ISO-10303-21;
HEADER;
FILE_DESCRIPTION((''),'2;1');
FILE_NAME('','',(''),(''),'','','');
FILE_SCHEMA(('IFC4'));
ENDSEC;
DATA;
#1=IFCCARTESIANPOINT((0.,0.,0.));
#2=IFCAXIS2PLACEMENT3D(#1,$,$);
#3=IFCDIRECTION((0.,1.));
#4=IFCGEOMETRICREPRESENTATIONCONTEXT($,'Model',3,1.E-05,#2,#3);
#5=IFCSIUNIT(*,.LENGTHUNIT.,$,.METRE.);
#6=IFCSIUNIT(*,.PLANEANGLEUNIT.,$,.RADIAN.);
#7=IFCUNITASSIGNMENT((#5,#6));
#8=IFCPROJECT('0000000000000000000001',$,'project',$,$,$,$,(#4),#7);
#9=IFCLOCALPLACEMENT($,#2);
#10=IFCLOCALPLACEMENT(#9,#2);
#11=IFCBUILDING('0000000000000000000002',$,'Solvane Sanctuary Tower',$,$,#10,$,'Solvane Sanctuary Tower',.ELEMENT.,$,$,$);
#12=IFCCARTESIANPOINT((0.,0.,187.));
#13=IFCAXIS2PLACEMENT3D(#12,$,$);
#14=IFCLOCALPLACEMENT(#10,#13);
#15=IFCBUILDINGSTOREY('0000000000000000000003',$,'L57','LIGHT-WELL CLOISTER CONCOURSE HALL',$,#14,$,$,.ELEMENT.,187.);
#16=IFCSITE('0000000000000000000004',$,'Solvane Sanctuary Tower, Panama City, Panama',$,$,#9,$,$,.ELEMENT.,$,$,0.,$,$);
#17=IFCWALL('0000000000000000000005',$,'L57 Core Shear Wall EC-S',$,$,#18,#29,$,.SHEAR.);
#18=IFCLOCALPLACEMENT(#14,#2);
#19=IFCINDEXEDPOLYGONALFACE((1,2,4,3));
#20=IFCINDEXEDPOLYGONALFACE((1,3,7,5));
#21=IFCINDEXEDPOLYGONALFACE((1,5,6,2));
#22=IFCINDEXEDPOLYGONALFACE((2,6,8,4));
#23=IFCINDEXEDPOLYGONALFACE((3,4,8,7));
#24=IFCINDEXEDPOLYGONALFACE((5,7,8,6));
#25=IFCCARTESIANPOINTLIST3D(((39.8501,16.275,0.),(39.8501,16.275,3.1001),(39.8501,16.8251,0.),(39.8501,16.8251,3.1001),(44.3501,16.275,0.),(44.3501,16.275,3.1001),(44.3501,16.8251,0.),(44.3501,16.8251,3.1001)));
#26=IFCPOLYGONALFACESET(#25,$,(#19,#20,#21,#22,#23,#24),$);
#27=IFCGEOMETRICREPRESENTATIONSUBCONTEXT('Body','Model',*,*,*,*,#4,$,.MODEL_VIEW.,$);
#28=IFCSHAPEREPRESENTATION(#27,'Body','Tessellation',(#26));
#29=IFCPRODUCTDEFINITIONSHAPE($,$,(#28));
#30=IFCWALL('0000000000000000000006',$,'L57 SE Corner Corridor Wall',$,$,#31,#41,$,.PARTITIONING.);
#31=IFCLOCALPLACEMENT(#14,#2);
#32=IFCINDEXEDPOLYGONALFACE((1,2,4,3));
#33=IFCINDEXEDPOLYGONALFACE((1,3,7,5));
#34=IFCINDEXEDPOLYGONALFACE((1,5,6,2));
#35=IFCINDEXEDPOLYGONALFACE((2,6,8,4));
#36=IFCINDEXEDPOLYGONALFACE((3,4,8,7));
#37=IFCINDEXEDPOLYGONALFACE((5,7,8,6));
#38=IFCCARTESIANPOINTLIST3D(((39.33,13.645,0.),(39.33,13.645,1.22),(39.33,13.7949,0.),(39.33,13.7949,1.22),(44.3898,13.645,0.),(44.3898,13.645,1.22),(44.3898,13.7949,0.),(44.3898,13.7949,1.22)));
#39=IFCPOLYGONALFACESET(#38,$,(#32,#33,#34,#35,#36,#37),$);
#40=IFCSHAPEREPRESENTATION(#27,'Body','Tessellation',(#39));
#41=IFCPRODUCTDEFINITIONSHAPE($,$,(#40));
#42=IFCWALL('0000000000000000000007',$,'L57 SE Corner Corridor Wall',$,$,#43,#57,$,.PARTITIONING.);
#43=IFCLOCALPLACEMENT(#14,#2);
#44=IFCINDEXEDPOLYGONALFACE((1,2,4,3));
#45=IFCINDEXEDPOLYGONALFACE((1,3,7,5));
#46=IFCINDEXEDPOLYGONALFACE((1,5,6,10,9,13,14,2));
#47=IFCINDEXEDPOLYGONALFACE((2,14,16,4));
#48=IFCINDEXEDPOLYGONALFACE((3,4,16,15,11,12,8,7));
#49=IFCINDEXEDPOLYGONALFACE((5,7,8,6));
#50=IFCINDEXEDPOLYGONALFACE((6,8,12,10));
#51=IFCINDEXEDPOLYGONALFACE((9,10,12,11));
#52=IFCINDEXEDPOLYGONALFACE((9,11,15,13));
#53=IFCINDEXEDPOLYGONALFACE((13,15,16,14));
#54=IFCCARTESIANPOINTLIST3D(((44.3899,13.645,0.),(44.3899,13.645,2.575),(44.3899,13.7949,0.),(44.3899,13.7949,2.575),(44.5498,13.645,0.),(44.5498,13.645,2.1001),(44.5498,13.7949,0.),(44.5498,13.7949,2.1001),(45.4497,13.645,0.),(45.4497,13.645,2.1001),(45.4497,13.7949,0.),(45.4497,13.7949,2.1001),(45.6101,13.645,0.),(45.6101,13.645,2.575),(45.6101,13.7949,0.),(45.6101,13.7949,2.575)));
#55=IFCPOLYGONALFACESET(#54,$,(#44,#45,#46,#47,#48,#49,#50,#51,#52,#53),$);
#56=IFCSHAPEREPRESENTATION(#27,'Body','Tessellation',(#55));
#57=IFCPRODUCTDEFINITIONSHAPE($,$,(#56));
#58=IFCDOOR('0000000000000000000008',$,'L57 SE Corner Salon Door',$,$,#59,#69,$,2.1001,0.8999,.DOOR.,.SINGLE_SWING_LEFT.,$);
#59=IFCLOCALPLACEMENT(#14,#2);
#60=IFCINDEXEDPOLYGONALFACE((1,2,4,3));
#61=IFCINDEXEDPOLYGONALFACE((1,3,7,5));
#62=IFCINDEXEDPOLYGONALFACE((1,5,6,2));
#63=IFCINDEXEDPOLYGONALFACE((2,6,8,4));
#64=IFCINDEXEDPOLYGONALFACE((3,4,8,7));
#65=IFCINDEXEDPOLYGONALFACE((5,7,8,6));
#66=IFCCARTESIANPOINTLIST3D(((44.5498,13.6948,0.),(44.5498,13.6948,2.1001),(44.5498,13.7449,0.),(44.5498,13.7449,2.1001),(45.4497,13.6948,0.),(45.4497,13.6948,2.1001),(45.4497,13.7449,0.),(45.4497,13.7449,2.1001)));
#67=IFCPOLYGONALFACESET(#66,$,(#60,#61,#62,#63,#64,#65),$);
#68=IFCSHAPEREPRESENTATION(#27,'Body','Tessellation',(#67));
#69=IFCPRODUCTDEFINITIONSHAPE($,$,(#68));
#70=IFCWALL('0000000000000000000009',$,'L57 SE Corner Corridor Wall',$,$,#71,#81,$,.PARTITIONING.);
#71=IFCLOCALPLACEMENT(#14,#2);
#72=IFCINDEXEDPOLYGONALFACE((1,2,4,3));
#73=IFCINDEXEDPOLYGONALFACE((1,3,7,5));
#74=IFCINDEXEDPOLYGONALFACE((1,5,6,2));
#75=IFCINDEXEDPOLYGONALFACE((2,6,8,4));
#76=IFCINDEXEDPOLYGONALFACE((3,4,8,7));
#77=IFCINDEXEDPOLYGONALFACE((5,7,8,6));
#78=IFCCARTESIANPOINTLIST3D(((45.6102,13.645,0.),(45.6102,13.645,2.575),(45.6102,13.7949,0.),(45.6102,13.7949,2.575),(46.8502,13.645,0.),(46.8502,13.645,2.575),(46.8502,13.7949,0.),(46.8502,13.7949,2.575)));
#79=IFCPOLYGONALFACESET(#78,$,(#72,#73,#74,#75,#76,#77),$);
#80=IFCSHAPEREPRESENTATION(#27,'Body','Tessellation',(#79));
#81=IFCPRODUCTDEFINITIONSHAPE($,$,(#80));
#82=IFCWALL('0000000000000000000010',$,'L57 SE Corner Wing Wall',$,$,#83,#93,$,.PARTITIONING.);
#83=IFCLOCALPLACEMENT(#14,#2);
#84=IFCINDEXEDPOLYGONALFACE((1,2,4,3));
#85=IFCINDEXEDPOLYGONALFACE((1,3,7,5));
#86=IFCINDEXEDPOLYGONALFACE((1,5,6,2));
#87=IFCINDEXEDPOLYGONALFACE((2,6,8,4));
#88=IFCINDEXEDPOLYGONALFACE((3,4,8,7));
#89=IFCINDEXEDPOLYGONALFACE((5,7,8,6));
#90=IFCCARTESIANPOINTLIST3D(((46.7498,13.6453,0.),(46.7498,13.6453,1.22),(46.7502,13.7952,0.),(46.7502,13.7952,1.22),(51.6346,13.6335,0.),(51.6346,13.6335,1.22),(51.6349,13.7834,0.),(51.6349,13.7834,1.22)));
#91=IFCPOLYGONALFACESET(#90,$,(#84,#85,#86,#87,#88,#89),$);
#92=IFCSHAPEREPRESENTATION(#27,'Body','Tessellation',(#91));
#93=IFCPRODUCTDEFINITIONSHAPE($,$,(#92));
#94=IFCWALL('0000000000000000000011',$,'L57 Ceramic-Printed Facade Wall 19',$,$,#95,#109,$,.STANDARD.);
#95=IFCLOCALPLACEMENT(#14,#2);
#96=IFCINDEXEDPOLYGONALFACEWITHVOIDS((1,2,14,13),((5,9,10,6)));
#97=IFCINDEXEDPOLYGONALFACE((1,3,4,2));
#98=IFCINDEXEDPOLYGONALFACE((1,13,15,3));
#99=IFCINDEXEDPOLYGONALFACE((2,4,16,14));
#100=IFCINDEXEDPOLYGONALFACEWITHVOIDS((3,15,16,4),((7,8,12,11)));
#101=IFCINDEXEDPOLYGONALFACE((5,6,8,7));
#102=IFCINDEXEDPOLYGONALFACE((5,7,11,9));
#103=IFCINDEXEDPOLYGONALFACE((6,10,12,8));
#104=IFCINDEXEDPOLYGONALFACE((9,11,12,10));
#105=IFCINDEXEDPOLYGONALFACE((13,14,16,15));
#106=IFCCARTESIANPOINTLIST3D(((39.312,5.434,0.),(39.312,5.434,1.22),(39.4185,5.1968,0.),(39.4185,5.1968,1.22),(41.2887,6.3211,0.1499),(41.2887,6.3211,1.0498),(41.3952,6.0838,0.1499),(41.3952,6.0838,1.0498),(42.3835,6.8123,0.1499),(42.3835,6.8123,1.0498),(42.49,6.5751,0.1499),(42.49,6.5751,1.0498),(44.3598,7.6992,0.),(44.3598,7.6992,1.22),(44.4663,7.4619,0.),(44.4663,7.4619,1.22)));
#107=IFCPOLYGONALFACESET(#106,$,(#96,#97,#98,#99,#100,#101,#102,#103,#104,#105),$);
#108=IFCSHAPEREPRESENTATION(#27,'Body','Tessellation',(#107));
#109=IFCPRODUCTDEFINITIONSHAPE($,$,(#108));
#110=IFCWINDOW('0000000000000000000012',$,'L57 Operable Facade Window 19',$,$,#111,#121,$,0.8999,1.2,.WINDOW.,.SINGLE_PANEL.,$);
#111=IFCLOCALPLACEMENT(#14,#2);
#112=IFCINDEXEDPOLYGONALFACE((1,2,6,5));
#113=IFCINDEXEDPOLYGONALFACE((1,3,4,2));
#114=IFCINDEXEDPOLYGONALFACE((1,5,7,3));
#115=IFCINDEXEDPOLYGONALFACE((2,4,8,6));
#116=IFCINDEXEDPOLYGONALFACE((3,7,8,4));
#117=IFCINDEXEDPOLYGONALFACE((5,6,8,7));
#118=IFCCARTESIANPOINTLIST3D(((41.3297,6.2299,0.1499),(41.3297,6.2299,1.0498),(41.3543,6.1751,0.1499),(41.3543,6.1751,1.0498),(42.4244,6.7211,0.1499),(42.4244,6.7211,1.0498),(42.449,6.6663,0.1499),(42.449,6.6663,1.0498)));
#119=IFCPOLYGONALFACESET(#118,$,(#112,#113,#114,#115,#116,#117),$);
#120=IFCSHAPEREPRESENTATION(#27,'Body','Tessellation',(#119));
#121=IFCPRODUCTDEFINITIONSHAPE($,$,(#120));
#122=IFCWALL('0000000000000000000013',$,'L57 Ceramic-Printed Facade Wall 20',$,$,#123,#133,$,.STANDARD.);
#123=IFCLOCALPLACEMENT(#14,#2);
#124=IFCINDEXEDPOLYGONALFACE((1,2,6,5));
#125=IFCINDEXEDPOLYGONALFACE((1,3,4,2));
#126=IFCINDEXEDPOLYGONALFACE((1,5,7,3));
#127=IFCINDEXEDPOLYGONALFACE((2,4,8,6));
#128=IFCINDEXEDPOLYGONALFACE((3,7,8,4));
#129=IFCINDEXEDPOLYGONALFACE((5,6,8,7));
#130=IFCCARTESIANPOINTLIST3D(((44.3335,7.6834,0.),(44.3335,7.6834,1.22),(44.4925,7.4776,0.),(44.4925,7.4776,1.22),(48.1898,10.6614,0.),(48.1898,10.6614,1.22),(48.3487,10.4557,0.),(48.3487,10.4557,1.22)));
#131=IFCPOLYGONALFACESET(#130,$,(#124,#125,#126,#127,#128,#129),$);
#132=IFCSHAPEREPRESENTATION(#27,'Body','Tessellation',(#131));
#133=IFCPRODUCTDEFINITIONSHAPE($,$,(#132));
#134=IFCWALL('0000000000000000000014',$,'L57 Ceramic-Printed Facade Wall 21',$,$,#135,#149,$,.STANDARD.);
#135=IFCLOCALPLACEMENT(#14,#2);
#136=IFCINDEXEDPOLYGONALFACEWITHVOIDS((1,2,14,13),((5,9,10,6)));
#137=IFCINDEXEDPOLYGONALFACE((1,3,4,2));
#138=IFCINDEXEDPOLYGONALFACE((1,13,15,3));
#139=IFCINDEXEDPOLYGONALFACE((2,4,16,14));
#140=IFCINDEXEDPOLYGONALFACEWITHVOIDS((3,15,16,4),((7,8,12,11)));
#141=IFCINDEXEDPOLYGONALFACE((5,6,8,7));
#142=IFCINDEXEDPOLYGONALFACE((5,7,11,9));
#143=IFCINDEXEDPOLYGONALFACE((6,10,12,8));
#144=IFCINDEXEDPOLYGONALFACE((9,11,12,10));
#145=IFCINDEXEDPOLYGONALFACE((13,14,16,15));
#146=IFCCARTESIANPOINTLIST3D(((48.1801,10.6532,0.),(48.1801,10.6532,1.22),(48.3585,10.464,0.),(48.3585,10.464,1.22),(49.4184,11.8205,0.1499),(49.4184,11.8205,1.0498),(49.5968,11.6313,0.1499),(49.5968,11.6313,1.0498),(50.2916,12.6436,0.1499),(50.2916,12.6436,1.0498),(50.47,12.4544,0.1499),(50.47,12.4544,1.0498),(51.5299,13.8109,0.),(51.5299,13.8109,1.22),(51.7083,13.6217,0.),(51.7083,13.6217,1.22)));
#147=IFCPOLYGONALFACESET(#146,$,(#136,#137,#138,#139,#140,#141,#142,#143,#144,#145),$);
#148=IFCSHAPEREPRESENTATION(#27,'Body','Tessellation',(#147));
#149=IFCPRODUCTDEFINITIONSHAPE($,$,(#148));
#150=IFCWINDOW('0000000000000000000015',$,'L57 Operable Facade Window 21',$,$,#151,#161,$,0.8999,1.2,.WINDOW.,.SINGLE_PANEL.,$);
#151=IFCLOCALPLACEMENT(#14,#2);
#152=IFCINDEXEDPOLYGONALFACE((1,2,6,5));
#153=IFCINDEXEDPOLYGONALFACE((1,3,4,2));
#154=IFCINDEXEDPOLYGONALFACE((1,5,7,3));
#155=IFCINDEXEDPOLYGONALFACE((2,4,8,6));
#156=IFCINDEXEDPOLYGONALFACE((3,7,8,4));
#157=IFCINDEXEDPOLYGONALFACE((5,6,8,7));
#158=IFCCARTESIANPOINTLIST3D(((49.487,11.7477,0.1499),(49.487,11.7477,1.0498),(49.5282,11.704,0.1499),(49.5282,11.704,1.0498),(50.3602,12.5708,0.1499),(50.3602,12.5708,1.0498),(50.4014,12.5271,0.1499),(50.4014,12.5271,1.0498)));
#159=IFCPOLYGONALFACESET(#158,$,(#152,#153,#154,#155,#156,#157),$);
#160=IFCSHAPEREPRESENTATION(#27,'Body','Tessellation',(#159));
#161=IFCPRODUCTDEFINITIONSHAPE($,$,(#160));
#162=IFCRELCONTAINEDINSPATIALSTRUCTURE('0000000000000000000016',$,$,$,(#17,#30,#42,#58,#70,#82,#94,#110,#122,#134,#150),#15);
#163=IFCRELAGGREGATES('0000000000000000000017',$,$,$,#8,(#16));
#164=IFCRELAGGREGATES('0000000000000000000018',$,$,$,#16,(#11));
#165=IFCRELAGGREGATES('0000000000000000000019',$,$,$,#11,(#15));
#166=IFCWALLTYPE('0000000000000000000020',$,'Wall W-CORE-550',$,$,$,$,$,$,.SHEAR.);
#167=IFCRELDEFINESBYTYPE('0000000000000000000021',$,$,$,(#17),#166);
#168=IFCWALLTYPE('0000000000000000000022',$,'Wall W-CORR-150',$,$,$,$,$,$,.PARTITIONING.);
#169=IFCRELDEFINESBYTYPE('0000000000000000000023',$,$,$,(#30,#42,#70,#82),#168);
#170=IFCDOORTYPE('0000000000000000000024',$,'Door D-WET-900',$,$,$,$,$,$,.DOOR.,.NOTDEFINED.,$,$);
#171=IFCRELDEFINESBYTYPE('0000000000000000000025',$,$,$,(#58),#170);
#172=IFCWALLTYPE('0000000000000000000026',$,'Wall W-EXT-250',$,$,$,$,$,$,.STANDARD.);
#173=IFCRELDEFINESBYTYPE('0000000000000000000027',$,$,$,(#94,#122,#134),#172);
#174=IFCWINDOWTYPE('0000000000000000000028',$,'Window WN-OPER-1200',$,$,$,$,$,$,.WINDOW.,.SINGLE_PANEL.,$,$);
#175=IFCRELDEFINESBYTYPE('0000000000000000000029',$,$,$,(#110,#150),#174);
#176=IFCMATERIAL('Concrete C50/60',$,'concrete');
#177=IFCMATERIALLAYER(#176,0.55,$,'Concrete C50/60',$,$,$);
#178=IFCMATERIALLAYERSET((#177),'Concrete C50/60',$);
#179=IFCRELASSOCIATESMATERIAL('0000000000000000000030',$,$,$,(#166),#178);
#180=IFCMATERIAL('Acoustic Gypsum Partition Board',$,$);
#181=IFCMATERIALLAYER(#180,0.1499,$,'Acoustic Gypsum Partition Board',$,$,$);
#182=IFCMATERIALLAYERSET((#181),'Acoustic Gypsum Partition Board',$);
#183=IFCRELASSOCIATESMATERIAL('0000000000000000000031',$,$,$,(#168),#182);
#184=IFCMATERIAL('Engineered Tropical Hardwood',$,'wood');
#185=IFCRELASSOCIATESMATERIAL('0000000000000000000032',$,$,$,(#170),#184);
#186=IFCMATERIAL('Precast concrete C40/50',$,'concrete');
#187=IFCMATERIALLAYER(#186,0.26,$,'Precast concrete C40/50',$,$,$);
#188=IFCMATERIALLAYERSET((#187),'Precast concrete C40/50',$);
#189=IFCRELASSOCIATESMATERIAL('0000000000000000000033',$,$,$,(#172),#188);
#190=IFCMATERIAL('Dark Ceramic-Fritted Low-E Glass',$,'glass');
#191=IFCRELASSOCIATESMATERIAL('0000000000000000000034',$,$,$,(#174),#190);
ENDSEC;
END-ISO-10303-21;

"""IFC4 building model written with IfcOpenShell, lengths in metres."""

from ifc_helpers import new_model, si_unit, direction, frame, frame_2d, origin, place, context, subcontext, project, spatial, rectangle, extrude, material, layer, layer_set, type_object, element, fill, save


model = new_model("IFC4")

# Units and contexts
model_context = context("Model", 3, precision=1e-05, world=origin(), true_north=direction((0.0, 1.0)))
body_context = subcontext(model_context, "Body", "Model", "MODEL_VIEW")
ifc_project = project(units=[si_unit("LENGTHUNIT", "METRE"), si_unit("PLANEANGLEUNIT", "RADIAN")], contexts=[model_context])

# Site, building, storey
site_placement = place(None, origin())
site = spatial("IfcSite", under=ifc_project, at=site_placement, Name="Solvane Sanctuary Tower, Panama City, Panama", CompositionType="ELEMENT", RefElevation=0.0)
building_placement = place(site_placement, origin())
building = spatial("IfcBuilding", under=site, at=building_placement, Name="Solvane Sanctuary Tower", LongName="Solvane Sanctuary Tower", CompositionType="ELEMENT")
storey_placement = place(building_placement, frame((0.0, 0.0, 187.0)))
storey = spatial("IfcBuildingStorey", under=building, at=storey_placement, Name="L57", Description="LIGHT-WELL CLOISTER CONCOURSE HALL", CompositionType="ELEMENT", Elevation=187.0)

# Walls
ifc_material_1 = material(Name="Concrete C50/60", Category="concrete")
ifc_layer_1 = layer(ifc_material_1, 0.55, Name="Concrete C50/60")
ifc_layer_set_1 = layer_set([ifc_layer_1], Name="Concrete C50/60")
wall_type_1 = type_object("IfcWallType", Name="Wall W-CORE-550", PredefinedType="SHEAR", material=ifc_layer_set_1)
wall_1_placement = place(storey_placement, frame((39.8501, 16.55, 0.0), z_axis=(0.0, 0.0, 1.0), x_axis=(1.0, 0.0, 0.0)))
element("IfcWall", 1, at=wall_1_placement, inside=storey, type_object=wall_type_1, Name="L57 Core Shear Wall EC-S", PredefinedType="SHEAR", context=body_context, shape_type="SweptSolid", body=[
    extrude(rectangle(XDim=4.5, YDim=0.55, at=frame_2d((2.25, 0.0))), origin(), (0.0, 0.0, 1.0), 3.1001),
])
ifc_material_2 = material(Name="Acoustic Gypsum Partition Board")
ifc_layer_2 = layer(ifc_material_2, 0.1499, Name="Acoustic Gypsum Partition Board")
ifc_layer_set_2 = layer_set([ifc_layer_2], Name="Acoustic Gypsum Partition Board")
wall_type_2 = type_object("IfcWallType", Name="Wall W-CORR-150", PredefinedType="PARTITIONING", material=ifc_layer_set_2)
wall_2_placement = place(storey_placement, frame((39.3301, 13.72, 0.0), z_axis=(0.0, 0.0, 1.0), x_axis=(1.0, 0.0, 0.0)))
element("IfcWall", 2, at=wall_2_placement, inside=storey, type_object=wall_type_2, Name="L57 SE Corner Corridor Wall", PredefinedType="PARTITIONING", context=body_context, shape_type="SweptSolid", body=[
    extrude(rectangle(XDim=5.0598, YDim=0.1499, at=frame_2d((2.5298, 0.0))), origin(), (0.0, 0.0, 1.0), 1.22),
])

# Wall, opening, door
wall_3_placement = place(storey_placement, frame((44.3899, 13.72, 0.0), z_axis=(0.0, 0.0, 1.0), x_axis=(1.0, 0.0, 0.0)))
wall_3 = element("IfcWall", 3, at=wall_3_placement, inside=storey, type_object=wall_type_2, Name="L57 SE Corner Corridor Wall", PredefinedType="PARTITIONING", context=body_context, shape_type="SweptSolid", body=[
    extrude(rectangle(XDim=1.2202, YDim=0.1499, at=frame_2d((0.6101, 0.0))), origin(), (0.0, 0.0, 1.0), 2.575),
])
opening_1_placement = place(wall_3_placement, frame((0.1599, 0.0, 0.0)))
opening_1 = element("IfcOpeningElement", 4, at=opening_1_placement, cuts=wall_3, PredefinedType="OPENING", context=body_context, shape_type="SweptSolid", body=[
    extrude(rectangle(XDim=0.8999, YDim=2.1001, at=frame_2d((0.45, 1.05))), frame((0.0, 0.085, 0.0), z_axis=(0.0, -1.0, 0.0), x_axis=(1.0, 0.0, 0.0)), (0.0, 0.0, 1.0), 0.1699),
])
ifc_material_3 = material(Name="Engineered Tropical Hardwood", Category="wood")
door_type = type_object("IfcDoorType", Name="Door D-WET-900", OperationType="NOTDEFINED", PredefinedType="DOOR", material=ifc_material_3)
door_placement = place(opening_1_placement, origin())
door = element("IfcDoor", 5, at=door_placement, inside=storey, type_object=door_type, Name="L57 SE Corner Salon Door", OperationType="SINGLE_SWING_LEFT", OverallHeight=2.1001, OverallWidth=0.8999, PredefinedType="DOOR", context=body_context, shape_type="SweptSolid", body=[
    extrude(rectangle(XDim=0.8999, YDim=2.1001, at=frame_2d((0.45, 1.05))), frame((0.0, 0.0249, 0.0), z_axis=(0.0, -1.0, 0.0), x_axis=(1.0, 0.0, 0.0)), (0.0, 0.0, 1.0), 0.05),
])
fill(opening_1, door)

# Walls
wall_4_placement = place(storey_placement, frame((45.6101, 13.72, 0.0), z_axis=(0.0, 0.0, 1.0), x_axis=(1.0, 0.0, 0.0)))
element("IfcWall", 6, at=wall_4_placement, inside=storey, type_object=wall_type_2, Name="L57 SE Corner Corridor Wall", PredefinedType="PARTITIONING", context=body_context, shape_type="SweptSolid", body=[
    extrude(rectangle(XDim=1.24, YDim=0.1499, at=frame_2d((0.6201, 0.0))), origin(), (0.0, 0.0, 1.0), 2.575),
])
wall_5_placement = place(storey_placement, frame((46.75, 13.7202, 0.0), z_axis=(0.0, 0.0, 1.0), x_axis=(0.999997, -0.002399, 0.0)))
element("IfcWall", 7, at=wall_5_placement, inside=storey, type_object=wall_type_2, Name="L57 SE Corner Wing Wall", PredefinedType="PARTITIONING", context=body_context, shape_type="SweptSolid", body=[
    extrude(rectangle(XDim=4.8848, YDim=0.1499, at=frame_2d((2.4424, 0.0))), origin(), (0.0, 0.0, 1.0), 1.22),
])

# Wall, opening, window
ifc_material_4 = material(Name="Precast concrete C40/50", Category="concrete")
ifc_layer_3 = layer(ifc_material_4, 0.26, Name="Precast concrete C40/50")
ifc_layer_set_3 = layer_set([ifc_layer_3], Name="Precast concrete C40/50")
wall_type_3 = type_object("IfcWallType", Name="Wall W-EXT-250", PredefinedType="STANDARD", material=ifc_layer_set_3)
wall_6_placement = place(storey_placement, frame((39.3652, 5.3154, 0.0), z_axis=(0.0, 0.0, 1.0), x_axis=(0.912354, 0.409403, 0.0)))
wall_6 = element("IfcWall", 8, at=wall_6_placement, inside=storey, type_object=wall_type_3, Name="L57 Ceramic-Printed Facade Wall 19", PredefinedType="STANDARD", context=body_context, shape_type="SweptSolid", body=[
    extrude(rectangle(XDim=5.5327, YDim=0.26, at=frame_2d((2.7664, 0.0))), origin(), (0.0, 0.0, 1.0), 1.22),
])
opening_2_placement = place(wall_6_placement, frame((2.1665, 0.0, 0.1499)))
opening_2 = element("IfcOpeningElement", 9, at=opening_2_placement, cuts=wall_6, PredefinedType="OPENING", context=body_context, shape_type="SweptSolid", body=[
    extrude(rectangle(XDim=1.2, YDim=0.8999, at=frame_2d((0.6001, 0.45))), frame((0.0, 0.1399, 0.0), z_axis=(0.0, -1.0, 0.0), x_axis=(1.0, 0.0, 0.0)), (0.0, 0.0, 1.0), 0.28),
])
ifc_material_5 = material(Name="Dark Ceramic-Fritted Low-E Glass", Category="glass")
window_type = type_object("IfcWindowType", Name="Window WN-OPER-1200", PartitioningType="SINGLE_PANEL", PredefinedType="WINDOW", material=ifc_material_5)
window_1_placement = place(opening_2_placement, origin())
window_1 = element("IfcWindow", 10, at=window_1_placement, inside=storey, type_object=window_type, Name="L57 Operable Facade Window 19", OverallHeight=0.8999, OverallWidth=1.2, PartitioningType="SINGLE_PANEL", PredefinedType="WINDOW", context=body_context, shape_type="SweptSolid", body=[
    extrude(rectangle(XDim=1.2, YDim=0.8999, at=frame_2d((0.6001, 0.45))), frame((0.0, 0.03, 0.0), z_axis=(0.0, -1.0, 0.0), x_axis=(1.0, 0.0, 0.0)), (0.0, 0.0, 1.0), 0.0601),
])
fill(opening_2, window_1)

# Wall
wall_7_placement = place(storey_placement, frame((44.4131, 7.5806, 0.0), z_axis=(0.0, 0.0, 1.0), x_axis=(0.79146, 0.611221, 0.0)))
element("IfcWall", 11, at=wall_7_placement, inside=storey, type_object=wall_type_3, Name="L57 Ceramic-Printed Facade Wall 20", PredefinedType="STANDARD", context=body_context, shape_type="SweptSolid", body=[
    extrude(rectangle(XDim=4.8723, YDim=0.26, at=frame_2d((2.436, 0.0))), origin(), (0.0, 0.0, 1.0), 1.22),
])

# Wall, opening, window
wall_8_placement = place(storey_placement, frame((48.2693, 10.5586, 0.0), z_axis=(0.0, 0.0, 1.0), x_axis=(0.727667, 0.68593, 0.0)))
wall_8 = element("IfcWall", 12, at=wall_8_placement, inside=storey, type_object=wall_type_3, Name="L57 Ceramic-Printed Facade Wall 21", PredefinedType="STANDARD", context=body_context, shape_type="SweptSolid", body=[
    extrude(rectangle(XDim=4.6035, YDim=0.26, at=frame_2d((2.3018, 0.0))), origin(), (0.0, 0.0, 1.0), 1.22),
])
opening_3_placement = place(wall_8_placement, frame((1.7017, 0.0, 0.1499)))
opening_3 = element("IfcOpeningElement", 13, at=opening_3_placement, cuts=wall_8, PredefinedType="OPENING", context=body_context, shape_type="SweptSolid", body=[
    extrude(rectangle(XDim=1.2, YDim=0.8999, at=frame_2d((0.6001, 0.45))), frame((0.0, 0.1399, 0.0), z_axis=(0.0, -1.0, 0.0), x_axis=(1.0, 0.0, 0.0)), (0.0, 0.0, 1.0), 0.28),
])
window_2_placement = place(opening_3_placement, origin())
window_2 = element("IfcWindow", 14, at=window_2_placement, inside=storey, type_object=window_type, Name="L57 Operable Facade Window 21", OverallHeight=0.8999, OverallWidth=1.2, PartitioningType="SINGLE_PANEL", PredefinedType="WINDOW", context=body_context, shape_type="SweptSolid", body=[
    extrude(rectangle(XDim=1.2, YDim=0.8999, at=frame_2d((0.6001, 0.45))), frame((0.0, 0.03, 0.0), z_axis=(0.0, -1.0, 0.0), x_axis=(1.0, 0.0, 0.0)), (0.0, 0.0, 1.0), 0.0601),
])
fill(opening_3, window_2)

save(model, "model.ifc")
